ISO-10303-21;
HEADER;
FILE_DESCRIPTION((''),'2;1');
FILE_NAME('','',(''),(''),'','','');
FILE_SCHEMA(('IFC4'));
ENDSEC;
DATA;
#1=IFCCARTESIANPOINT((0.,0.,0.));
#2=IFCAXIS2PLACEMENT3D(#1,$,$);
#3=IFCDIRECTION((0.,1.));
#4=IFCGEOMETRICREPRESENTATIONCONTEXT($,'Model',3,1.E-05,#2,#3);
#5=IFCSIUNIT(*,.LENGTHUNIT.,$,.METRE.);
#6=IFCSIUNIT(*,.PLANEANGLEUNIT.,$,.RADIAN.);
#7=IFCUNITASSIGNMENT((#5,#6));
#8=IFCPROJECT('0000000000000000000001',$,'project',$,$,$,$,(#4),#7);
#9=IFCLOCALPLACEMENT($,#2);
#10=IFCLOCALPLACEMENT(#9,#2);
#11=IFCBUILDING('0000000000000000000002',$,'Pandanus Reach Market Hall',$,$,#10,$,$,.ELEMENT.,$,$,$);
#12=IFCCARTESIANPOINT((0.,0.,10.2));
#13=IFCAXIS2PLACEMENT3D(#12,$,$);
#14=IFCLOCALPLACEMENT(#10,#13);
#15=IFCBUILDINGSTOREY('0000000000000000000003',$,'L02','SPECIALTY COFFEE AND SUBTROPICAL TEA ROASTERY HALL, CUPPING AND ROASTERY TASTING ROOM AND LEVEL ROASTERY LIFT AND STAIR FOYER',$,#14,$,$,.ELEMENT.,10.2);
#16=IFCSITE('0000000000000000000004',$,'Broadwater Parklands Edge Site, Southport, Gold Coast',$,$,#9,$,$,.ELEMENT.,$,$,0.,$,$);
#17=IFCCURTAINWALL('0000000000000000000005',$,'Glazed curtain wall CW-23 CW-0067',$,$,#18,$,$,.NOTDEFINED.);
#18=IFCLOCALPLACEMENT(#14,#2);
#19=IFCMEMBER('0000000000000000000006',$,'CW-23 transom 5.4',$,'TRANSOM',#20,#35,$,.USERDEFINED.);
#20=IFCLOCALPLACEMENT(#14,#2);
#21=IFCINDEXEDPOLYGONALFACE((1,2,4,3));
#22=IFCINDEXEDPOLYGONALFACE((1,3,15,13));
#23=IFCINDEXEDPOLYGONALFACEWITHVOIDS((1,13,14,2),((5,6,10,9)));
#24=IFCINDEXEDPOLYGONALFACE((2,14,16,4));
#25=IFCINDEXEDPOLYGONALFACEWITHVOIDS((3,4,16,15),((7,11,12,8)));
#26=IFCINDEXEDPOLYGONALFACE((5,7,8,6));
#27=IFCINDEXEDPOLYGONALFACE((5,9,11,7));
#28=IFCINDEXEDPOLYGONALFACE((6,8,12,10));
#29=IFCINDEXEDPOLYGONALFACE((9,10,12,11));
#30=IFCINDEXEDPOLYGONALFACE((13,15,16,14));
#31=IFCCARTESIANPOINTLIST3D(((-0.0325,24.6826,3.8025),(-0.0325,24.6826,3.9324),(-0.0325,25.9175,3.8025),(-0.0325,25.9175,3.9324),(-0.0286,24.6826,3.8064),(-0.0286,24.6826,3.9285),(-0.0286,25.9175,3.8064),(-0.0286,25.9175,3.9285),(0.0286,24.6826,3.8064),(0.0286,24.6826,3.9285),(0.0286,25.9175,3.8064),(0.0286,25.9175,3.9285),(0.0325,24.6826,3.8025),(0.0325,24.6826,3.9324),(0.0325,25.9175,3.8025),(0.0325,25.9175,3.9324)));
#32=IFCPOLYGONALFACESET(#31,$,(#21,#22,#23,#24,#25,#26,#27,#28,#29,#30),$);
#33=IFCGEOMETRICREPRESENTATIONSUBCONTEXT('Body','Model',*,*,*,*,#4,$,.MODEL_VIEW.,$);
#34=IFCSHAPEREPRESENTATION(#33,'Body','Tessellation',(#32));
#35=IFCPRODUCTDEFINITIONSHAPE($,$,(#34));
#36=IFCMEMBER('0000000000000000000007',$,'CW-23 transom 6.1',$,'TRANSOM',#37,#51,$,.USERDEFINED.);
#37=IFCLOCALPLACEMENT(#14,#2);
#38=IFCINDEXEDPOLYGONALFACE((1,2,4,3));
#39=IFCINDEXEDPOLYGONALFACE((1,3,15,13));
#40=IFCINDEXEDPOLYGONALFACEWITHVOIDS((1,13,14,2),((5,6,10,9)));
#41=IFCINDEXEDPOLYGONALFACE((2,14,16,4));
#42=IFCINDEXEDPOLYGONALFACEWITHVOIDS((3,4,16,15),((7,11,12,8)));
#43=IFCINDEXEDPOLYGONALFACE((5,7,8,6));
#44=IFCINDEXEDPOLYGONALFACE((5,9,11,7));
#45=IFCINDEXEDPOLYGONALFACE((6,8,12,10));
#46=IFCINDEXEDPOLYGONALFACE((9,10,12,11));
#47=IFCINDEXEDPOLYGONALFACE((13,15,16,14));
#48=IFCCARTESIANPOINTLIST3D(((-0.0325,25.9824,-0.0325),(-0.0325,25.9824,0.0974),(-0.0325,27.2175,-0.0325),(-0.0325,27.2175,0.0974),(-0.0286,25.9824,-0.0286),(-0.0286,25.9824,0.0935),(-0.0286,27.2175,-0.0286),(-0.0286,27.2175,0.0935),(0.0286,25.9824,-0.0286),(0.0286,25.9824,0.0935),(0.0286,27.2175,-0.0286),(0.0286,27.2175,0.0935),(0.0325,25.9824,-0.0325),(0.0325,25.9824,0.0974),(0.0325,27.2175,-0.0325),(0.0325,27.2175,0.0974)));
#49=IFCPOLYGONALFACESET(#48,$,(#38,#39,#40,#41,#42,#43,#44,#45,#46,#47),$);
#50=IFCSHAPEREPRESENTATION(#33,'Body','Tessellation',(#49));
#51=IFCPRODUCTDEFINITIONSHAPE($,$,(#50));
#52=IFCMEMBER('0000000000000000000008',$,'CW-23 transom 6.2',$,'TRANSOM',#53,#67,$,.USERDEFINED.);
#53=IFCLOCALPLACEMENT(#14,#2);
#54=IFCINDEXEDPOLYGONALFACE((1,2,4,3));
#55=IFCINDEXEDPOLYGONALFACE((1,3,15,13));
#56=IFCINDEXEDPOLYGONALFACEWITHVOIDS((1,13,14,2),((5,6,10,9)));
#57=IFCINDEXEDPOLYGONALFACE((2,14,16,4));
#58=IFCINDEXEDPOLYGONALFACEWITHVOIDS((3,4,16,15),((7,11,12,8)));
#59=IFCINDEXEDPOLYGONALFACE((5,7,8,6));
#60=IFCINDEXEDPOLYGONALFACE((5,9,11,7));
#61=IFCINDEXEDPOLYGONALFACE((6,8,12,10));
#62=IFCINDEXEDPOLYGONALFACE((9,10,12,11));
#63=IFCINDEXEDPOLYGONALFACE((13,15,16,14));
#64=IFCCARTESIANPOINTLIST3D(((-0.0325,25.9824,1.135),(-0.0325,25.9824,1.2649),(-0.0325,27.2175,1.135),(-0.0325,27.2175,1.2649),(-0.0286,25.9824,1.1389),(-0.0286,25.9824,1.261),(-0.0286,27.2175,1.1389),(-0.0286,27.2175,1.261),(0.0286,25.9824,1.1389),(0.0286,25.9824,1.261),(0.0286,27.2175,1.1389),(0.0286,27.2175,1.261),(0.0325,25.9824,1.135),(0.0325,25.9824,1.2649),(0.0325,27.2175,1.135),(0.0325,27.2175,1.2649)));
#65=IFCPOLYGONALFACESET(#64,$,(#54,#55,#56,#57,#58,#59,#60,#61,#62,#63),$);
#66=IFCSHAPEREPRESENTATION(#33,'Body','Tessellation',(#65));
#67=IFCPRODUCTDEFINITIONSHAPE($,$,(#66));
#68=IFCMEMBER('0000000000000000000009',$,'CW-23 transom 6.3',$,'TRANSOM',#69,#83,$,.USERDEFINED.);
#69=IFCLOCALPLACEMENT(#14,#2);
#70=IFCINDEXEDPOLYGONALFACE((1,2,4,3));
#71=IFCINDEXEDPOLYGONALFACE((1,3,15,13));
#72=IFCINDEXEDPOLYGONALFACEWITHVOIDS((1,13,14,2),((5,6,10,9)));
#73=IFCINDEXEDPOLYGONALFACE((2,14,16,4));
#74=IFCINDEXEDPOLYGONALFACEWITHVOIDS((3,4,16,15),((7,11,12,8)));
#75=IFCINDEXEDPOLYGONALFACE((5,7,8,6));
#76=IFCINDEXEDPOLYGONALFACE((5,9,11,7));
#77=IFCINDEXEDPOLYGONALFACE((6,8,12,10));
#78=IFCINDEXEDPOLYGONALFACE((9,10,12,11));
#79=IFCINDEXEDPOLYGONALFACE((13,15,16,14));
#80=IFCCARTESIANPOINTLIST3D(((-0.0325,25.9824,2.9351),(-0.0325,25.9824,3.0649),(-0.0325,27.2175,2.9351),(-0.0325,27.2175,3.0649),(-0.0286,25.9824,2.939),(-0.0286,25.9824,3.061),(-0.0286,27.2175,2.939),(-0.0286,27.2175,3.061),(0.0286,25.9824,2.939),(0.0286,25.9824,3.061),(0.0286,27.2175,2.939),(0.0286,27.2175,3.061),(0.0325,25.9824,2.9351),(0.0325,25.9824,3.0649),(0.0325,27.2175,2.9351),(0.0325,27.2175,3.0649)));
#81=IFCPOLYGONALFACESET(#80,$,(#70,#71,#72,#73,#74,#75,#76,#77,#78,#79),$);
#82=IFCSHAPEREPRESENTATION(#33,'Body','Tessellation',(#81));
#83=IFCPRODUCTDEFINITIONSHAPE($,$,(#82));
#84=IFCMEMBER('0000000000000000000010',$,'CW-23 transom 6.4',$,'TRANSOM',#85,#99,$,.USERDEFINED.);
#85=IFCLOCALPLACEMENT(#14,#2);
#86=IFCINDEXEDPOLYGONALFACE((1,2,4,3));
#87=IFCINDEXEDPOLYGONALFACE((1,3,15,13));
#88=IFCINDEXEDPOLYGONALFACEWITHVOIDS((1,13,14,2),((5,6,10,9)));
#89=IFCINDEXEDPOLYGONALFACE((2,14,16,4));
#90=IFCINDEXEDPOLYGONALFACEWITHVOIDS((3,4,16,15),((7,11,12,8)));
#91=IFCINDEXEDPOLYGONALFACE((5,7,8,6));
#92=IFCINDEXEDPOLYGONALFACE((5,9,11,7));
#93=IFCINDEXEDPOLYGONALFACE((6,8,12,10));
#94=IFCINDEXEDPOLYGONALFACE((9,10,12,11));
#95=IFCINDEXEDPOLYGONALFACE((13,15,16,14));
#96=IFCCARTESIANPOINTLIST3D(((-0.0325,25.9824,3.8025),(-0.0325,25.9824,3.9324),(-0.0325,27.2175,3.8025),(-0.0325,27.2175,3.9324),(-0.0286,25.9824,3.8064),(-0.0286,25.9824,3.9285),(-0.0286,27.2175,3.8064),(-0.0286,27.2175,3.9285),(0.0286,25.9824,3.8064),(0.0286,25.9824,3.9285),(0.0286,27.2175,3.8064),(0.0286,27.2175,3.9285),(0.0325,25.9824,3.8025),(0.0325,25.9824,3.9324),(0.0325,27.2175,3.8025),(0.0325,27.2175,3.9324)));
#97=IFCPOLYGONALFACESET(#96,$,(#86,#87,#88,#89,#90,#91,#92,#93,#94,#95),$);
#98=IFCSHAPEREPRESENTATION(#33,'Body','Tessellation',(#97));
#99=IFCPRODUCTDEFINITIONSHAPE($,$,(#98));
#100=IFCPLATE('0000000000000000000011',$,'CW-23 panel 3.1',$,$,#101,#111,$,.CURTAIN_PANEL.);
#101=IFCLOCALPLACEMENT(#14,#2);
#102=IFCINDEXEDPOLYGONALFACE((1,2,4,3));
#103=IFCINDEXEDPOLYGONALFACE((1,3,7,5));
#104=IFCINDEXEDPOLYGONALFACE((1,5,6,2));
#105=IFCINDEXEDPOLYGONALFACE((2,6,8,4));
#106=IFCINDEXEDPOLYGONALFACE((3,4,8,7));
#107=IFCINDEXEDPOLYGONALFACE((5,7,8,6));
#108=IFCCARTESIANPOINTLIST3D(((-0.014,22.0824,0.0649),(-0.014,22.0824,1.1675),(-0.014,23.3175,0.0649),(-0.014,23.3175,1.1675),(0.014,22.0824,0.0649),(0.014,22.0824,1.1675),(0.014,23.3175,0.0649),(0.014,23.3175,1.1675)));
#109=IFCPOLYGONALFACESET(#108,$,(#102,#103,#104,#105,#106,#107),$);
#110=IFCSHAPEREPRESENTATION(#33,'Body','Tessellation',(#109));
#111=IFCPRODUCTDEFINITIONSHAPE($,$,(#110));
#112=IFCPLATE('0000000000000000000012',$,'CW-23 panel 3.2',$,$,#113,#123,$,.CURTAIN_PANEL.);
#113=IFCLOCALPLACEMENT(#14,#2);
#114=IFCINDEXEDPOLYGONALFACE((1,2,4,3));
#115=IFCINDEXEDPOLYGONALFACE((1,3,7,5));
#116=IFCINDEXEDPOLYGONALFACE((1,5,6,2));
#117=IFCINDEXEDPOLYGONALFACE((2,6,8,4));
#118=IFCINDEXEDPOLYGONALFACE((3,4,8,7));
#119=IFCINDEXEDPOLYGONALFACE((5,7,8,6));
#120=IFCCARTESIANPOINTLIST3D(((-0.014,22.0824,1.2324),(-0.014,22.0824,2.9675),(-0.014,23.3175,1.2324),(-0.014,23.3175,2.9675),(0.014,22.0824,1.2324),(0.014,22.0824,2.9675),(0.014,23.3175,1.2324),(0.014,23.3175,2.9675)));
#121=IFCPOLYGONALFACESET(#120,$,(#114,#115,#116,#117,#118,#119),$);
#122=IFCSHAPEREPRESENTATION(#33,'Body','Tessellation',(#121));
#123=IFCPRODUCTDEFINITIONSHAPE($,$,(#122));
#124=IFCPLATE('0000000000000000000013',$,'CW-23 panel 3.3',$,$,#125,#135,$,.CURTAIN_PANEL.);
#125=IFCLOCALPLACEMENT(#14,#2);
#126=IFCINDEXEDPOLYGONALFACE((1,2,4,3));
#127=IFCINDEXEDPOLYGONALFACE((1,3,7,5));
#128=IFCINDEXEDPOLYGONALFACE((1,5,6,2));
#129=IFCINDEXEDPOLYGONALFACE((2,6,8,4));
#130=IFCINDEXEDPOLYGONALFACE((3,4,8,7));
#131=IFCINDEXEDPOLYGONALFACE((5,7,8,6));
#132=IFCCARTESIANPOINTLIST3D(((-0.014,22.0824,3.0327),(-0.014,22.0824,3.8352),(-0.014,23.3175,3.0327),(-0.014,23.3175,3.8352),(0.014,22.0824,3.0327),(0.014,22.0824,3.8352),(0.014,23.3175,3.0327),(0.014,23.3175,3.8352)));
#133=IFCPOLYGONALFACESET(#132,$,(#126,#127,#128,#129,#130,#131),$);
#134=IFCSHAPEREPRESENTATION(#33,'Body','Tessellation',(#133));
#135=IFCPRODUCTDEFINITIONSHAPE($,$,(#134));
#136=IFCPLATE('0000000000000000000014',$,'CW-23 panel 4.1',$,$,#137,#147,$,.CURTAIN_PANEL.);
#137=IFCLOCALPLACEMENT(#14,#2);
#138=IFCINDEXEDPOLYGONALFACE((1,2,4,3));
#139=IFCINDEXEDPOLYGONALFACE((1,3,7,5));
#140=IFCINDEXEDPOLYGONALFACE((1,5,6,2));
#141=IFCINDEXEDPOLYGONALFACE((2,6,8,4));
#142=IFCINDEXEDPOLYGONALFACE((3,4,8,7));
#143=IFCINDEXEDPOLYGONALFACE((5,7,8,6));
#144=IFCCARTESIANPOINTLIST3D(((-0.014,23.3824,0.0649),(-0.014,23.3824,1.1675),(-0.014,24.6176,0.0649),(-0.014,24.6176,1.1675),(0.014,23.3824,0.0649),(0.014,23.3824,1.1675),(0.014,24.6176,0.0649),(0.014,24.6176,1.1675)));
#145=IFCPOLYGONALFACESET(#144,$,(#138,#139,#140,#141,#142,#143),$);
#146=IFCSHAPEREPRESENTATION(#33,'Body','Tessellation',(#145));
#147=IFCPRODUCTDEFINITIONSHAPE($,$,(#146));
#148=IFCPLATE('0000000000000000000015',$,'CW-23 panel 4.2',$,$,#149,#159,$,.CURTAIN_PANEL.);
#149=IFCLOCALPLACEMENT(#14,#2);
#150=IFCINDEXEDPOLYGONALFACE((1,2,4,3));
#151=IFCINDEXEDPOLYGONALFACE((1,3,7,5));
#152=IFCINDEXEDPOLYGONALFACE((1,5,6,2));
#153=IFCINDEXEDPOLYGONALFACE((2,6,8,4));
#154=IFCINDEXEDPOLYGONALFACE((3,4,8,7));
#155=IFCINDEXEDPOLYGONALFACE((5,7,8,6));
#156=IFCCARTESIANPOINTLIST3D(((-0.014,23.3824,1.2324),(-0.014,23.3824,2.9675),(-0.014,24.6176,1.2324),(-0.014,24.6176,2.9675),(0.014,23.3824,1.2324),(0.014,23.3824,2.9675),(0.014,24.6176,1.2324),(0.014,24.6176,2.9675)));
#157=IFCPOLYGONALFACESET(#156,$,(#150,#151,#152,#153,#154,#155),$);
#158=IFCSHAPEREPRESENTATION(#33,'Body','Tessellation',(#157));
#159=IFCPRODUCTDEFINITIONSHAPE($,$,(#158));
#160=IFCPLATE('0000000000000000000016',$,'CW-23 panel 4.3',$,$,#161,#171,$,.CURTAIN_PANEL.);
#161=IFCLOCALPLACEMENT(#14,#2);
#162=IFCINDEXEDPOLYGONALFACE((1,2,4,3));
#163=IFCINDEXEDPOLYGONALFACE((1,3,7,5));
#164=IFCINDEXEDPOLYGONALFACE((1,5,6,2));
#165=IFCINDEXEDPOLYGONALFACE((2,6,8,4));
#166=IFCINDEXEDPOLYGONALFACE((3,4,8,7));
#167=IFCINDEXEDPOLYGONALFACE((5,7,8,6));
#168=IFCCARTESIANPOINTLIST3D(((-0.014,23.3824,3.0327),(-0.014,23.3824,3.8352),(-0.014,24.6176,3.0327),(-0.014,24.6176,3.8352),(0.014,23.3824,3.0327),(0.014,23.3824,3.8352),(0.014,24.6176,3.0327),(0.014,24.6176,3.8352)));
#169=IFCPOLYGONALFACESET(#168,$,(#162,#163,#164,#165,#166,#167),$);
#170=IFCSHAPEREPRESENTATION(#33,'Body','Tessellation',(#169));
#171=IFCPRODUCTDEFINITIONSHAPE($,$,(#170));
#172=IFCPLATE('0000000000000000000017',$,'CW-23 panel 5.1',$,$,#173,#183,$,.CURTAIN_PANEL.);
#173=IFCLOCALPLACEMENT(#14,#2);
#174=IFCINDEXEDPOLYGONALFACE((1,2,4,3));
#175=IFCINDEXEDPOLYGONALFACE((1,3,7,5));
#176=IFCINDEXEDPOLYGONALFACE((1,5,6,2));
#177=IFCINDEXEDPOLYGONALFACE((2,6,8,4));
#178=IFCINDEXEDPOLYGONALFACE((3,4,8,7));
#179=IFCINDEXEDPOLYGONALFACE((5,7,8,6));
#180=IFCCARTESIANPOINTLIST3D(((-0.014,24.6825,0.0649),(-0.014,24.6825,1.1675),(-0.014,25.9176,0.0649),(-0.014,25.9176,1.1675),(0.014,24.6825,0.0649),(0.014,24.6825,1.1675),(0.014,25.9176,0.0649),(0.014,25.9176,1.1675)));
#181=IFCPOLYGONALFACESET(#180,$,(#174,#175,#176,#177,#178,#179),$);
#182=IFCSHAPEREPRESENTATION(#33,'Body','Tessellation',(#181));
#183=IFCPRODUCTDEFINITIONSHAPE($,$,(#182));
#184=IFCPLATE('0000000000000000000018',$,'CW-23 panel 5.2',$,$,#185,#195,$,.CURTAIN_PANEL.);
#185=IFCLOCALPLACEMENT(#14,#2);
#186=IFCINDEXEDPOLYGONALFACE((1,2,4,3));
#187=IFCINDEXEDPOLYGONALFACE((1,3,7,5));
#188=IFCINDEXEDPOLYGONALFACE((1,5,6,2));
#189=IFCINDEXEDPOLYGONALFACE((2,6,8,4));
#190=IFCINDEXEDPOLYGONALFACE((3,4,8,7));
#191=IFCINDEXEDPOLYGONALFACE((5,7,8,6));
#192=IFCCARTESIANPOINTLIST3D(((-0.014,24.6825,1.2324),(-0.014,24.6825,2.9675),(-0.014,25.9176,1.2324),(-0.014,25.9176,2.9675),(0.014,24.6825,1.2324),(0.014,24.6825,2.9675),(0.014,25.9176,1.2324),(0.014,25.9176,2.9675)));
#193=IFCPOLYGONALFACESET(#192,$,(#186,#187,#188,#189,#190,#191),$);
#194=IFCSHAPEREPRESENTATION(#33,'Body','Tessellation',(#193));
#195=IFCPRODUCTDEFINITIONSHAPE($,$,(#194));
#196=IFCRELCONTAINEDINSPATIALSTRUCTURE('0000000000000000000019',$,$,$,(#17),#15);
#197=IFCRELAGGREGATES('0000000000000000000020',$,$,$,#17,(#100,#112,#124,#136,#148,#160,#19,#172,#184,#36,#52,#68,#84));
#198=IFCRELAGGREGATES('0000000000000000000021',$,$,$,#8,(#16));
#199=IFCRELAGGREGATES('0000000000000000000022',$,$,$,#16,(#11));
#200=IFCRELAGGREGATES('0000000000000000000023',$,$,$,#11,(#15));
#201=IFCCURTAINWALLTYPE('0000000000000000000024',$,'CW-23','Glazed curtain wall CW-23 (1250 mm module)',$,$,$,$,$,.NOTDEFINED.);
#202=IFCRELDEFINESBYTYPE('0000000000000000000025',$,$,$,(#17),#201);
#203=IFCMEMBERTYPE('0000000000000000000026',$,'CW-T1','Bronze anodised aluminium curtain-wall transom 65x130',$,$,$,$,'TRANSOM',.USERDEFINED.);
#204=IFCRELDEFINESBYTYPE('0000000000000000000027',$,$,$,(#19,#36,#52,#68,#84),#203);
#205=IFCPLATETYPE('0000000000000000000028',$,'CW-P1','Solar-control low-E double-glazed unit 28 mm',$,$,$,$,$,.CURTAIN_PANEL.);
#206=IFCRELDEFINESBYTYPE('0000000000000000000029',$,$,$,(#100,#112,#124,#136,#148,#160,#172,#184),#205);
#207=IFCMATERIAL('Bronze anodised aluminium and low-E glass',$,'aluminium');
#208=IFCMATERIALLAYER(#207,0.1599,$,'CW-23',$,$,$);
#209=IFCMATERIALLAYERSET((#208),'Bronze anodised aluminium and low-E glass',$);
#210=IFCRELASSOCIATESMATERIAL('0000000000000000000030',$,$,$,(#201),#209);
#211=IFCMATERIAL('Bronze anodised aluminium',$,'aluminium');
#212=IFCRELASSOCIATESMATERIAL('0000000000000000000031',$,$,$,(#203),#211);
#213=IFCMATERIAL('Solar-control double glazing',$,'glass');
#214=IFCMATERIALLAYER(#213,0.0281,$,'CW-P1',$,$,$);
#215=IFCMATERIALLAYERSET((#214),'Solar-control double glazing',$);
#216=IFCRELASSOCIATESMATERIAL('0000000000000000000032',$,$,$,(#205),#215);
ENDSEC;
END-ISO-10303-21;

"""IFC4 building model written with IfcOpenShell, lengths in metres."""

from ifc_helpers import new_model, si_unit, direction, frame, origin, origin_2d, place, context, subcontext, project, spatial, rectangle, hollow_rectangle, extrude, material, layer, layer_set, material_profile, profile_set, type_object, element, aggregate, save


model = new_model("IFC4")

# Units and contexts
model_context = context("Model", 3, precision=1e-05, world=origin(), true_north=direction((0.0, 1.0)))
body_context = subcontext(model_context, "Body", "Model", "MODEL_VIEW")
ifc_project = project(units=[si_unit("LENGTHUNIT", "METRE"), si_unit("PLANEANGLEUNIT", "RADIAN")], contexts=[model_context])

# Site, building, storey
site_placement = place(None, origin())
site = spatial("IfcSite", under=ifc_project, at=site_placement, Name="Broadwater Parklands Edge Site, Southport, Gold Coast", CompositionType="ELEMENT", RefElevation=0.0)
building_placement = place(site_placement, origin())
building = spatial("IfcBuilding", under=site, at=building_placement, Name="Pandanus Reach Market Hall", CompositionType="ELEMENT")
storey_placement = place(building_placement, frame((0.0, 0.0, 10.2)))
storey = spatial("IfcBuildingStorey", under=building, at=storey_placement, Name="L02", Description="SPECIALTY COFFEE AND SUBTROPICAL TEA ROASTERY HALL, CUPPING AND ROASTERY TASTING ROOM AND LEVEL ROASTERY LIFT AND STAIR FOYER", CompositionType="ELEMENT", Elevation=10.2)

# Curtain wall, members, plates
ifc_material_1 = material(Name="Bronze anodised aluminium and low-E glass", Category="aluminium")
ifc_layer_1 = layer(ifc_material_1, 0.1599, Name="CW-23")
ifc_layer_set_1 = layer_set([ifc_layer_1], Name="Bronze anodised aluminium and low-E glass")
curtain_wall_type = type_object("IfcCurtainWallType", Name="CW-23", Description="Glazed curtain wall CW-23 (1250 mm module)", PredefinedType="NOTDEFINED", material=ifc_layer_set_1)
curtain_wall_placement = place(storey_placement, origin())
curtain_wall = element("IfcCurtainWall", 1, at=curtain_wall_placement, inside=storey, type_object=curtain_wall_type, Name="Glazed curtain wall CW-23 CW-0067", PredefinedType="NOTDEFINED")
ifc_material_2 = material(Name="Bronze anodised aluminium", Category="aluminium")
ifc_material_profile_1 = material_profile(ifc_material_2, hollow_rectangle(XDim=0.0649, YDim=0.1299, WallThickness=0.0039, at=origin_2d()), Name="ALU65x130", Category="LoadBearing")
ifc_profile_set_1 = profile_set([ifc_material_profile_1], Name="Bronze anodised aluminium")
member_type_1 = type_object("IfcMemberType", Name="CW-T1", Description="Bronze anodised aluminium curtain-wall transom 65x130", ElementType="TRANSOM", PredefinedType="USERDEFINED", material=ifc_profile_set_1)
member_1_placement = place(storey_placement, frame((0.0, 24.6826, 3.8674), z_axis=(0.0, 1.0, 0.0), x_axis=(-1.0, 0.0, 0.0)))
member_1 = element("IfcMember", 2, at=member_1_placement, type_object=member_type_1, Name="CW-23 transom 5.4", ObjectType="TRANSOM", PredefinedType="USERDEFINED", context=body_context, shape_type="SweptSolid", body=[
    extrude(hollow_rectangle(XDim=0.0649, YDim=0.1299, WallThickness=0.0039, at=origin_2d()), origin(), (0.0, 0.0, 1.0), 1.2349),
])
member_2_placement = place(storey_placement, frame((0.0, 25.9824, 0.0325), z_axis=(0.0, 1.0, 0.0), x_axis=(-1.0, 0.0, 0.0)))
member_2 = element("IfcMember", 3, at=member_2_placement, type_object=member_type_1, Name="CW-23 transom 6.1", ObjectType="TRANSOM", PredefinedType="USERDEFINED", context=body_context, shape_type="SweptSolid", body=[
    extrude(hollow_rectangle(XDim=0.0649, YDim=0.1299, WallThickness=0.0039, at=origin_2d()), origin(), (0.0, 0.0, 1.0), 1.2351),
])
member_3_placement = place(storey_placement, frame((0.0, 25.9824, 1.2), z_axis=(0.0, 1.0, 0.0), x_axis=(-1.0, 0.0, 0.0)))
member_3 = element("IfcMember", 4, at=member_3_placement, type_object=member_type_1, Name="CW-23 transom 6.2", ObjectType="TRANSOM", PredefinedType="USERDEFINED", context=body_context, shape_type="SweptSolid", body=[
    extrude(hollow_rectangle(XDim=0.0649, YDim=0.1299, WallThickness=0.0039, at=origin_2d()), origin(), (0.0, 0.0, 1.0), 1.2351),
])
member_4_placement = place(storey_placement, frame((0.0, 25.9824, 3.0), z_axis=(0.0, 1.0, 0.0), x_axis=(-1.0, 0.0, 0.0)))
member_4 = element("IfcMember", 5, at=member_4_placement, type_object=member_type_1, Name="CW-23 transom 6.3", ObjectType="TRANSOM", PredefinedType="USERDEFINED", context=body_context, shape_type="SweptSolid", body=[
    extrude(hollow_rectangle(XDim=0.0649, YDim=0.1299, WallThickness=0.0039, at=origin_2d()), origin(), (0.0, 0.0, 1.0), 1.2351),
])
member_5_placement = place(storey_placement, frame((0.0, 25.9824, 3.8674), z_axis=(0.0, 1.0, 0.0), x_axis=(-1.0, 0.0, 0.0)))
member_5 = element("IfcMember", 6, at=member_5_placement, type_object=member_type_1, Name="CW-23 transom 6.4", ObjectType="TRANSOM", PredefinedType="USERDEFINED", context=body_context, shape_type="SweptSolid", body=[
    extrude(hollow_rectangle(XDim=0.0649, YDim=0.1299, WallThickness=0.0039, at=origin_2d()), origin(), (0.0, 0.0, 1.0), 1.2351),
])
ifc_material_3 = material(Name="Solar-control double glazing", Category="glass")
ifc_layer_2 = layer(ifc_material_3, 0.0281, Name="CW-P1")
ifc_layer_set_2 = layer_set([ifc_layer_2], Name="Solar-control double glazing")
plate_type = type_object("IfcPlateType", Name="CW-P1", Description="Solar-control low-E double-glazed unit 28 mm", PredefinedType="CURTAIN_PANEL", material=ifc_layer_set_2)
plate_1_placement = place(storey_placement, frame((0.0, 22.7, 0.0649), z_axis=(0.0, 0.0, 1.0), x_axis=(0.0, 1.0, 0.0)))
plate_1 = element("IfcPlate", 7, at=plate_1_placement, type_object=plate_type, Name="CW-23 panel 3.1", PredefinedType="CURTAIN_PANEL", context=body_context, shape_type="SweptSolid", body=[
    extrude(rectangle(XDim=1.2351, YDim=0.0281, at=origin_2d()), origin(), (0.0, 0.0, 1.0), 1.1025),
])
plate_2_placement = place(storey_placement, frame((0.0, 22.7, 1.2324), z_axis=(0.0, 0.0, 1.0), x_axis=(0.0, 1.0, 0.0)))
plate_2 = element("IfcPlate", 8, at=plate_2_placement, type_object=plate_type, Name="CW-23 panel 3.2", PredefinedType="CURTAIN_PANEL", context=body_context, shape_type="SweptSolid", body=[
    extrude(rectangle(XDim=1.2351, YDim=0.0281, at=origin_2d()), origin(), (0.0, 0.0, 1.0), 1.7351),
])
plate_3_placement = place(storey_placement, frame((0.0, 22.7, 3.0327), z_axis=(0.0, 0.0, 1.0), x_axis=(0.0, 1.0, 0.0)))
plate_3 = element("IfcPlate", 9, at=plate_3_placement, type_object=plate_type, Name="CW-23 panel 3.3", PredefinedType="CURTAIN_PANEL", context=body_context, shape_type="SweptSolid", body=[
    extrude(rectangle(XDim=1.2351, YDim=0.0281, at=origin_2d()), origin(), (0.0, 0.0, 1.0), 0.8025),
])
plate_4_placement = place(storey_placement, frame((0.0, 24.0, 0.0649), z_axis=(0.0, 0.0, 1.0), x_axis=(0.0, 1.0, 0.0)))
plate_4 = element("IfcPlate", 10, at=plate_4_placement, type_object=plate_type, Name="CW-23 panel 4.1", PredefinedType="CURTAIN_PANEL", context=body_context, shape_type="SweptSolid", body=[
    extrude(rectangle(XDim=1.2351, YDim=0.0281, at=origin_2d()), origin(), (0.0, 0.0, 1.0), 1.1025),
])
plate_5_placement = place(storey_placement, frame((0.0, 24.0, 1.2324), z_axis=(0.0, 0.0, 1.0), x_axis=(0.0, 1.0, 0.0)))
plate_5 = element("IfcPlate", 11, at=plate_5_placement, type_object=plate_type, Name="CW-23 panel 4.2", PredefinedType="CURTAIN_PANEL", context=body_context, shape_type="SweptSolid", body=[
    extrude(rectangle(XDim=1.2351, YDim=0.0281, at=origin_2d()), origin(), (0.0, 0.0, 1.0), 1.7351),
])
plate_6_placement = place(storey_placement, frame((0.0, 24.0, 3.0327), z_axis=(0.0, 0.0, 1.0), x_axis=(0.0, 1.0, 0.0)))
plate_6 = element("IfcPlate", 12, at=plate_6_placement, type_object=plate_type, Name="CW-23 panel 4.3", PredefinedType="CURTAIN_PANEL", context=body_context, shape_type="SweptSolid", body=[
    extrude(rectangle(XDim=1.2351, YDim=0.0281, at=origin_2d()), origin(), (0.0, 0.0, 1.0), 0.8025),
])
plate_7_placement = place(storey_placement, frame((0.0, 25.3, 0.0649), z_axis=(0.0, 0.0, 1.0), x_axis=(0.0, 1.0, 0.0)))
plate_7 = element("IfcPlate", 13, at=plate_7_placement, type_object=plate_type, Name="CW-23 panel 5.1", PredefinedType="CURTAIN_PANEL", context=body_context, shape_type="SweptSolid", body=[
    extrude(rectangle(XDim=1.2351, YDim=0.0281, at=origin_2d()), origin(), (0.0, 0.0, 1.0), 1.1025),
])
plate_8_placement = place(storey_placement, frame((0.0, 25.3, 1.2324), z_axis=(0.0, 0.0, 1.0), x_axis=(0.0, 1.0, 0.0)))
plate_8 = element("IfcPlate", 14, at=plate_8_placement, type_object=plate_type, Name="CW-23 panel 5.2", PredefinedType="CURTAIN_PANEL", context=body_context, shape_type="SweptSolid", body=[
    extrude(rectangle(XDim=1.2351, YDim=0.0281, at=origin_2d()), origin(), (0.0, 0.0, 1.0), 1.7351),
])
aggregate(curtain_wall, [plate_1, plate_2, plate_3, plate_4, plate_5, plate_6, member_1, plate_7, plate_8, member_2, member_3, member_4, member_5])

save(model, "model.ifc")
